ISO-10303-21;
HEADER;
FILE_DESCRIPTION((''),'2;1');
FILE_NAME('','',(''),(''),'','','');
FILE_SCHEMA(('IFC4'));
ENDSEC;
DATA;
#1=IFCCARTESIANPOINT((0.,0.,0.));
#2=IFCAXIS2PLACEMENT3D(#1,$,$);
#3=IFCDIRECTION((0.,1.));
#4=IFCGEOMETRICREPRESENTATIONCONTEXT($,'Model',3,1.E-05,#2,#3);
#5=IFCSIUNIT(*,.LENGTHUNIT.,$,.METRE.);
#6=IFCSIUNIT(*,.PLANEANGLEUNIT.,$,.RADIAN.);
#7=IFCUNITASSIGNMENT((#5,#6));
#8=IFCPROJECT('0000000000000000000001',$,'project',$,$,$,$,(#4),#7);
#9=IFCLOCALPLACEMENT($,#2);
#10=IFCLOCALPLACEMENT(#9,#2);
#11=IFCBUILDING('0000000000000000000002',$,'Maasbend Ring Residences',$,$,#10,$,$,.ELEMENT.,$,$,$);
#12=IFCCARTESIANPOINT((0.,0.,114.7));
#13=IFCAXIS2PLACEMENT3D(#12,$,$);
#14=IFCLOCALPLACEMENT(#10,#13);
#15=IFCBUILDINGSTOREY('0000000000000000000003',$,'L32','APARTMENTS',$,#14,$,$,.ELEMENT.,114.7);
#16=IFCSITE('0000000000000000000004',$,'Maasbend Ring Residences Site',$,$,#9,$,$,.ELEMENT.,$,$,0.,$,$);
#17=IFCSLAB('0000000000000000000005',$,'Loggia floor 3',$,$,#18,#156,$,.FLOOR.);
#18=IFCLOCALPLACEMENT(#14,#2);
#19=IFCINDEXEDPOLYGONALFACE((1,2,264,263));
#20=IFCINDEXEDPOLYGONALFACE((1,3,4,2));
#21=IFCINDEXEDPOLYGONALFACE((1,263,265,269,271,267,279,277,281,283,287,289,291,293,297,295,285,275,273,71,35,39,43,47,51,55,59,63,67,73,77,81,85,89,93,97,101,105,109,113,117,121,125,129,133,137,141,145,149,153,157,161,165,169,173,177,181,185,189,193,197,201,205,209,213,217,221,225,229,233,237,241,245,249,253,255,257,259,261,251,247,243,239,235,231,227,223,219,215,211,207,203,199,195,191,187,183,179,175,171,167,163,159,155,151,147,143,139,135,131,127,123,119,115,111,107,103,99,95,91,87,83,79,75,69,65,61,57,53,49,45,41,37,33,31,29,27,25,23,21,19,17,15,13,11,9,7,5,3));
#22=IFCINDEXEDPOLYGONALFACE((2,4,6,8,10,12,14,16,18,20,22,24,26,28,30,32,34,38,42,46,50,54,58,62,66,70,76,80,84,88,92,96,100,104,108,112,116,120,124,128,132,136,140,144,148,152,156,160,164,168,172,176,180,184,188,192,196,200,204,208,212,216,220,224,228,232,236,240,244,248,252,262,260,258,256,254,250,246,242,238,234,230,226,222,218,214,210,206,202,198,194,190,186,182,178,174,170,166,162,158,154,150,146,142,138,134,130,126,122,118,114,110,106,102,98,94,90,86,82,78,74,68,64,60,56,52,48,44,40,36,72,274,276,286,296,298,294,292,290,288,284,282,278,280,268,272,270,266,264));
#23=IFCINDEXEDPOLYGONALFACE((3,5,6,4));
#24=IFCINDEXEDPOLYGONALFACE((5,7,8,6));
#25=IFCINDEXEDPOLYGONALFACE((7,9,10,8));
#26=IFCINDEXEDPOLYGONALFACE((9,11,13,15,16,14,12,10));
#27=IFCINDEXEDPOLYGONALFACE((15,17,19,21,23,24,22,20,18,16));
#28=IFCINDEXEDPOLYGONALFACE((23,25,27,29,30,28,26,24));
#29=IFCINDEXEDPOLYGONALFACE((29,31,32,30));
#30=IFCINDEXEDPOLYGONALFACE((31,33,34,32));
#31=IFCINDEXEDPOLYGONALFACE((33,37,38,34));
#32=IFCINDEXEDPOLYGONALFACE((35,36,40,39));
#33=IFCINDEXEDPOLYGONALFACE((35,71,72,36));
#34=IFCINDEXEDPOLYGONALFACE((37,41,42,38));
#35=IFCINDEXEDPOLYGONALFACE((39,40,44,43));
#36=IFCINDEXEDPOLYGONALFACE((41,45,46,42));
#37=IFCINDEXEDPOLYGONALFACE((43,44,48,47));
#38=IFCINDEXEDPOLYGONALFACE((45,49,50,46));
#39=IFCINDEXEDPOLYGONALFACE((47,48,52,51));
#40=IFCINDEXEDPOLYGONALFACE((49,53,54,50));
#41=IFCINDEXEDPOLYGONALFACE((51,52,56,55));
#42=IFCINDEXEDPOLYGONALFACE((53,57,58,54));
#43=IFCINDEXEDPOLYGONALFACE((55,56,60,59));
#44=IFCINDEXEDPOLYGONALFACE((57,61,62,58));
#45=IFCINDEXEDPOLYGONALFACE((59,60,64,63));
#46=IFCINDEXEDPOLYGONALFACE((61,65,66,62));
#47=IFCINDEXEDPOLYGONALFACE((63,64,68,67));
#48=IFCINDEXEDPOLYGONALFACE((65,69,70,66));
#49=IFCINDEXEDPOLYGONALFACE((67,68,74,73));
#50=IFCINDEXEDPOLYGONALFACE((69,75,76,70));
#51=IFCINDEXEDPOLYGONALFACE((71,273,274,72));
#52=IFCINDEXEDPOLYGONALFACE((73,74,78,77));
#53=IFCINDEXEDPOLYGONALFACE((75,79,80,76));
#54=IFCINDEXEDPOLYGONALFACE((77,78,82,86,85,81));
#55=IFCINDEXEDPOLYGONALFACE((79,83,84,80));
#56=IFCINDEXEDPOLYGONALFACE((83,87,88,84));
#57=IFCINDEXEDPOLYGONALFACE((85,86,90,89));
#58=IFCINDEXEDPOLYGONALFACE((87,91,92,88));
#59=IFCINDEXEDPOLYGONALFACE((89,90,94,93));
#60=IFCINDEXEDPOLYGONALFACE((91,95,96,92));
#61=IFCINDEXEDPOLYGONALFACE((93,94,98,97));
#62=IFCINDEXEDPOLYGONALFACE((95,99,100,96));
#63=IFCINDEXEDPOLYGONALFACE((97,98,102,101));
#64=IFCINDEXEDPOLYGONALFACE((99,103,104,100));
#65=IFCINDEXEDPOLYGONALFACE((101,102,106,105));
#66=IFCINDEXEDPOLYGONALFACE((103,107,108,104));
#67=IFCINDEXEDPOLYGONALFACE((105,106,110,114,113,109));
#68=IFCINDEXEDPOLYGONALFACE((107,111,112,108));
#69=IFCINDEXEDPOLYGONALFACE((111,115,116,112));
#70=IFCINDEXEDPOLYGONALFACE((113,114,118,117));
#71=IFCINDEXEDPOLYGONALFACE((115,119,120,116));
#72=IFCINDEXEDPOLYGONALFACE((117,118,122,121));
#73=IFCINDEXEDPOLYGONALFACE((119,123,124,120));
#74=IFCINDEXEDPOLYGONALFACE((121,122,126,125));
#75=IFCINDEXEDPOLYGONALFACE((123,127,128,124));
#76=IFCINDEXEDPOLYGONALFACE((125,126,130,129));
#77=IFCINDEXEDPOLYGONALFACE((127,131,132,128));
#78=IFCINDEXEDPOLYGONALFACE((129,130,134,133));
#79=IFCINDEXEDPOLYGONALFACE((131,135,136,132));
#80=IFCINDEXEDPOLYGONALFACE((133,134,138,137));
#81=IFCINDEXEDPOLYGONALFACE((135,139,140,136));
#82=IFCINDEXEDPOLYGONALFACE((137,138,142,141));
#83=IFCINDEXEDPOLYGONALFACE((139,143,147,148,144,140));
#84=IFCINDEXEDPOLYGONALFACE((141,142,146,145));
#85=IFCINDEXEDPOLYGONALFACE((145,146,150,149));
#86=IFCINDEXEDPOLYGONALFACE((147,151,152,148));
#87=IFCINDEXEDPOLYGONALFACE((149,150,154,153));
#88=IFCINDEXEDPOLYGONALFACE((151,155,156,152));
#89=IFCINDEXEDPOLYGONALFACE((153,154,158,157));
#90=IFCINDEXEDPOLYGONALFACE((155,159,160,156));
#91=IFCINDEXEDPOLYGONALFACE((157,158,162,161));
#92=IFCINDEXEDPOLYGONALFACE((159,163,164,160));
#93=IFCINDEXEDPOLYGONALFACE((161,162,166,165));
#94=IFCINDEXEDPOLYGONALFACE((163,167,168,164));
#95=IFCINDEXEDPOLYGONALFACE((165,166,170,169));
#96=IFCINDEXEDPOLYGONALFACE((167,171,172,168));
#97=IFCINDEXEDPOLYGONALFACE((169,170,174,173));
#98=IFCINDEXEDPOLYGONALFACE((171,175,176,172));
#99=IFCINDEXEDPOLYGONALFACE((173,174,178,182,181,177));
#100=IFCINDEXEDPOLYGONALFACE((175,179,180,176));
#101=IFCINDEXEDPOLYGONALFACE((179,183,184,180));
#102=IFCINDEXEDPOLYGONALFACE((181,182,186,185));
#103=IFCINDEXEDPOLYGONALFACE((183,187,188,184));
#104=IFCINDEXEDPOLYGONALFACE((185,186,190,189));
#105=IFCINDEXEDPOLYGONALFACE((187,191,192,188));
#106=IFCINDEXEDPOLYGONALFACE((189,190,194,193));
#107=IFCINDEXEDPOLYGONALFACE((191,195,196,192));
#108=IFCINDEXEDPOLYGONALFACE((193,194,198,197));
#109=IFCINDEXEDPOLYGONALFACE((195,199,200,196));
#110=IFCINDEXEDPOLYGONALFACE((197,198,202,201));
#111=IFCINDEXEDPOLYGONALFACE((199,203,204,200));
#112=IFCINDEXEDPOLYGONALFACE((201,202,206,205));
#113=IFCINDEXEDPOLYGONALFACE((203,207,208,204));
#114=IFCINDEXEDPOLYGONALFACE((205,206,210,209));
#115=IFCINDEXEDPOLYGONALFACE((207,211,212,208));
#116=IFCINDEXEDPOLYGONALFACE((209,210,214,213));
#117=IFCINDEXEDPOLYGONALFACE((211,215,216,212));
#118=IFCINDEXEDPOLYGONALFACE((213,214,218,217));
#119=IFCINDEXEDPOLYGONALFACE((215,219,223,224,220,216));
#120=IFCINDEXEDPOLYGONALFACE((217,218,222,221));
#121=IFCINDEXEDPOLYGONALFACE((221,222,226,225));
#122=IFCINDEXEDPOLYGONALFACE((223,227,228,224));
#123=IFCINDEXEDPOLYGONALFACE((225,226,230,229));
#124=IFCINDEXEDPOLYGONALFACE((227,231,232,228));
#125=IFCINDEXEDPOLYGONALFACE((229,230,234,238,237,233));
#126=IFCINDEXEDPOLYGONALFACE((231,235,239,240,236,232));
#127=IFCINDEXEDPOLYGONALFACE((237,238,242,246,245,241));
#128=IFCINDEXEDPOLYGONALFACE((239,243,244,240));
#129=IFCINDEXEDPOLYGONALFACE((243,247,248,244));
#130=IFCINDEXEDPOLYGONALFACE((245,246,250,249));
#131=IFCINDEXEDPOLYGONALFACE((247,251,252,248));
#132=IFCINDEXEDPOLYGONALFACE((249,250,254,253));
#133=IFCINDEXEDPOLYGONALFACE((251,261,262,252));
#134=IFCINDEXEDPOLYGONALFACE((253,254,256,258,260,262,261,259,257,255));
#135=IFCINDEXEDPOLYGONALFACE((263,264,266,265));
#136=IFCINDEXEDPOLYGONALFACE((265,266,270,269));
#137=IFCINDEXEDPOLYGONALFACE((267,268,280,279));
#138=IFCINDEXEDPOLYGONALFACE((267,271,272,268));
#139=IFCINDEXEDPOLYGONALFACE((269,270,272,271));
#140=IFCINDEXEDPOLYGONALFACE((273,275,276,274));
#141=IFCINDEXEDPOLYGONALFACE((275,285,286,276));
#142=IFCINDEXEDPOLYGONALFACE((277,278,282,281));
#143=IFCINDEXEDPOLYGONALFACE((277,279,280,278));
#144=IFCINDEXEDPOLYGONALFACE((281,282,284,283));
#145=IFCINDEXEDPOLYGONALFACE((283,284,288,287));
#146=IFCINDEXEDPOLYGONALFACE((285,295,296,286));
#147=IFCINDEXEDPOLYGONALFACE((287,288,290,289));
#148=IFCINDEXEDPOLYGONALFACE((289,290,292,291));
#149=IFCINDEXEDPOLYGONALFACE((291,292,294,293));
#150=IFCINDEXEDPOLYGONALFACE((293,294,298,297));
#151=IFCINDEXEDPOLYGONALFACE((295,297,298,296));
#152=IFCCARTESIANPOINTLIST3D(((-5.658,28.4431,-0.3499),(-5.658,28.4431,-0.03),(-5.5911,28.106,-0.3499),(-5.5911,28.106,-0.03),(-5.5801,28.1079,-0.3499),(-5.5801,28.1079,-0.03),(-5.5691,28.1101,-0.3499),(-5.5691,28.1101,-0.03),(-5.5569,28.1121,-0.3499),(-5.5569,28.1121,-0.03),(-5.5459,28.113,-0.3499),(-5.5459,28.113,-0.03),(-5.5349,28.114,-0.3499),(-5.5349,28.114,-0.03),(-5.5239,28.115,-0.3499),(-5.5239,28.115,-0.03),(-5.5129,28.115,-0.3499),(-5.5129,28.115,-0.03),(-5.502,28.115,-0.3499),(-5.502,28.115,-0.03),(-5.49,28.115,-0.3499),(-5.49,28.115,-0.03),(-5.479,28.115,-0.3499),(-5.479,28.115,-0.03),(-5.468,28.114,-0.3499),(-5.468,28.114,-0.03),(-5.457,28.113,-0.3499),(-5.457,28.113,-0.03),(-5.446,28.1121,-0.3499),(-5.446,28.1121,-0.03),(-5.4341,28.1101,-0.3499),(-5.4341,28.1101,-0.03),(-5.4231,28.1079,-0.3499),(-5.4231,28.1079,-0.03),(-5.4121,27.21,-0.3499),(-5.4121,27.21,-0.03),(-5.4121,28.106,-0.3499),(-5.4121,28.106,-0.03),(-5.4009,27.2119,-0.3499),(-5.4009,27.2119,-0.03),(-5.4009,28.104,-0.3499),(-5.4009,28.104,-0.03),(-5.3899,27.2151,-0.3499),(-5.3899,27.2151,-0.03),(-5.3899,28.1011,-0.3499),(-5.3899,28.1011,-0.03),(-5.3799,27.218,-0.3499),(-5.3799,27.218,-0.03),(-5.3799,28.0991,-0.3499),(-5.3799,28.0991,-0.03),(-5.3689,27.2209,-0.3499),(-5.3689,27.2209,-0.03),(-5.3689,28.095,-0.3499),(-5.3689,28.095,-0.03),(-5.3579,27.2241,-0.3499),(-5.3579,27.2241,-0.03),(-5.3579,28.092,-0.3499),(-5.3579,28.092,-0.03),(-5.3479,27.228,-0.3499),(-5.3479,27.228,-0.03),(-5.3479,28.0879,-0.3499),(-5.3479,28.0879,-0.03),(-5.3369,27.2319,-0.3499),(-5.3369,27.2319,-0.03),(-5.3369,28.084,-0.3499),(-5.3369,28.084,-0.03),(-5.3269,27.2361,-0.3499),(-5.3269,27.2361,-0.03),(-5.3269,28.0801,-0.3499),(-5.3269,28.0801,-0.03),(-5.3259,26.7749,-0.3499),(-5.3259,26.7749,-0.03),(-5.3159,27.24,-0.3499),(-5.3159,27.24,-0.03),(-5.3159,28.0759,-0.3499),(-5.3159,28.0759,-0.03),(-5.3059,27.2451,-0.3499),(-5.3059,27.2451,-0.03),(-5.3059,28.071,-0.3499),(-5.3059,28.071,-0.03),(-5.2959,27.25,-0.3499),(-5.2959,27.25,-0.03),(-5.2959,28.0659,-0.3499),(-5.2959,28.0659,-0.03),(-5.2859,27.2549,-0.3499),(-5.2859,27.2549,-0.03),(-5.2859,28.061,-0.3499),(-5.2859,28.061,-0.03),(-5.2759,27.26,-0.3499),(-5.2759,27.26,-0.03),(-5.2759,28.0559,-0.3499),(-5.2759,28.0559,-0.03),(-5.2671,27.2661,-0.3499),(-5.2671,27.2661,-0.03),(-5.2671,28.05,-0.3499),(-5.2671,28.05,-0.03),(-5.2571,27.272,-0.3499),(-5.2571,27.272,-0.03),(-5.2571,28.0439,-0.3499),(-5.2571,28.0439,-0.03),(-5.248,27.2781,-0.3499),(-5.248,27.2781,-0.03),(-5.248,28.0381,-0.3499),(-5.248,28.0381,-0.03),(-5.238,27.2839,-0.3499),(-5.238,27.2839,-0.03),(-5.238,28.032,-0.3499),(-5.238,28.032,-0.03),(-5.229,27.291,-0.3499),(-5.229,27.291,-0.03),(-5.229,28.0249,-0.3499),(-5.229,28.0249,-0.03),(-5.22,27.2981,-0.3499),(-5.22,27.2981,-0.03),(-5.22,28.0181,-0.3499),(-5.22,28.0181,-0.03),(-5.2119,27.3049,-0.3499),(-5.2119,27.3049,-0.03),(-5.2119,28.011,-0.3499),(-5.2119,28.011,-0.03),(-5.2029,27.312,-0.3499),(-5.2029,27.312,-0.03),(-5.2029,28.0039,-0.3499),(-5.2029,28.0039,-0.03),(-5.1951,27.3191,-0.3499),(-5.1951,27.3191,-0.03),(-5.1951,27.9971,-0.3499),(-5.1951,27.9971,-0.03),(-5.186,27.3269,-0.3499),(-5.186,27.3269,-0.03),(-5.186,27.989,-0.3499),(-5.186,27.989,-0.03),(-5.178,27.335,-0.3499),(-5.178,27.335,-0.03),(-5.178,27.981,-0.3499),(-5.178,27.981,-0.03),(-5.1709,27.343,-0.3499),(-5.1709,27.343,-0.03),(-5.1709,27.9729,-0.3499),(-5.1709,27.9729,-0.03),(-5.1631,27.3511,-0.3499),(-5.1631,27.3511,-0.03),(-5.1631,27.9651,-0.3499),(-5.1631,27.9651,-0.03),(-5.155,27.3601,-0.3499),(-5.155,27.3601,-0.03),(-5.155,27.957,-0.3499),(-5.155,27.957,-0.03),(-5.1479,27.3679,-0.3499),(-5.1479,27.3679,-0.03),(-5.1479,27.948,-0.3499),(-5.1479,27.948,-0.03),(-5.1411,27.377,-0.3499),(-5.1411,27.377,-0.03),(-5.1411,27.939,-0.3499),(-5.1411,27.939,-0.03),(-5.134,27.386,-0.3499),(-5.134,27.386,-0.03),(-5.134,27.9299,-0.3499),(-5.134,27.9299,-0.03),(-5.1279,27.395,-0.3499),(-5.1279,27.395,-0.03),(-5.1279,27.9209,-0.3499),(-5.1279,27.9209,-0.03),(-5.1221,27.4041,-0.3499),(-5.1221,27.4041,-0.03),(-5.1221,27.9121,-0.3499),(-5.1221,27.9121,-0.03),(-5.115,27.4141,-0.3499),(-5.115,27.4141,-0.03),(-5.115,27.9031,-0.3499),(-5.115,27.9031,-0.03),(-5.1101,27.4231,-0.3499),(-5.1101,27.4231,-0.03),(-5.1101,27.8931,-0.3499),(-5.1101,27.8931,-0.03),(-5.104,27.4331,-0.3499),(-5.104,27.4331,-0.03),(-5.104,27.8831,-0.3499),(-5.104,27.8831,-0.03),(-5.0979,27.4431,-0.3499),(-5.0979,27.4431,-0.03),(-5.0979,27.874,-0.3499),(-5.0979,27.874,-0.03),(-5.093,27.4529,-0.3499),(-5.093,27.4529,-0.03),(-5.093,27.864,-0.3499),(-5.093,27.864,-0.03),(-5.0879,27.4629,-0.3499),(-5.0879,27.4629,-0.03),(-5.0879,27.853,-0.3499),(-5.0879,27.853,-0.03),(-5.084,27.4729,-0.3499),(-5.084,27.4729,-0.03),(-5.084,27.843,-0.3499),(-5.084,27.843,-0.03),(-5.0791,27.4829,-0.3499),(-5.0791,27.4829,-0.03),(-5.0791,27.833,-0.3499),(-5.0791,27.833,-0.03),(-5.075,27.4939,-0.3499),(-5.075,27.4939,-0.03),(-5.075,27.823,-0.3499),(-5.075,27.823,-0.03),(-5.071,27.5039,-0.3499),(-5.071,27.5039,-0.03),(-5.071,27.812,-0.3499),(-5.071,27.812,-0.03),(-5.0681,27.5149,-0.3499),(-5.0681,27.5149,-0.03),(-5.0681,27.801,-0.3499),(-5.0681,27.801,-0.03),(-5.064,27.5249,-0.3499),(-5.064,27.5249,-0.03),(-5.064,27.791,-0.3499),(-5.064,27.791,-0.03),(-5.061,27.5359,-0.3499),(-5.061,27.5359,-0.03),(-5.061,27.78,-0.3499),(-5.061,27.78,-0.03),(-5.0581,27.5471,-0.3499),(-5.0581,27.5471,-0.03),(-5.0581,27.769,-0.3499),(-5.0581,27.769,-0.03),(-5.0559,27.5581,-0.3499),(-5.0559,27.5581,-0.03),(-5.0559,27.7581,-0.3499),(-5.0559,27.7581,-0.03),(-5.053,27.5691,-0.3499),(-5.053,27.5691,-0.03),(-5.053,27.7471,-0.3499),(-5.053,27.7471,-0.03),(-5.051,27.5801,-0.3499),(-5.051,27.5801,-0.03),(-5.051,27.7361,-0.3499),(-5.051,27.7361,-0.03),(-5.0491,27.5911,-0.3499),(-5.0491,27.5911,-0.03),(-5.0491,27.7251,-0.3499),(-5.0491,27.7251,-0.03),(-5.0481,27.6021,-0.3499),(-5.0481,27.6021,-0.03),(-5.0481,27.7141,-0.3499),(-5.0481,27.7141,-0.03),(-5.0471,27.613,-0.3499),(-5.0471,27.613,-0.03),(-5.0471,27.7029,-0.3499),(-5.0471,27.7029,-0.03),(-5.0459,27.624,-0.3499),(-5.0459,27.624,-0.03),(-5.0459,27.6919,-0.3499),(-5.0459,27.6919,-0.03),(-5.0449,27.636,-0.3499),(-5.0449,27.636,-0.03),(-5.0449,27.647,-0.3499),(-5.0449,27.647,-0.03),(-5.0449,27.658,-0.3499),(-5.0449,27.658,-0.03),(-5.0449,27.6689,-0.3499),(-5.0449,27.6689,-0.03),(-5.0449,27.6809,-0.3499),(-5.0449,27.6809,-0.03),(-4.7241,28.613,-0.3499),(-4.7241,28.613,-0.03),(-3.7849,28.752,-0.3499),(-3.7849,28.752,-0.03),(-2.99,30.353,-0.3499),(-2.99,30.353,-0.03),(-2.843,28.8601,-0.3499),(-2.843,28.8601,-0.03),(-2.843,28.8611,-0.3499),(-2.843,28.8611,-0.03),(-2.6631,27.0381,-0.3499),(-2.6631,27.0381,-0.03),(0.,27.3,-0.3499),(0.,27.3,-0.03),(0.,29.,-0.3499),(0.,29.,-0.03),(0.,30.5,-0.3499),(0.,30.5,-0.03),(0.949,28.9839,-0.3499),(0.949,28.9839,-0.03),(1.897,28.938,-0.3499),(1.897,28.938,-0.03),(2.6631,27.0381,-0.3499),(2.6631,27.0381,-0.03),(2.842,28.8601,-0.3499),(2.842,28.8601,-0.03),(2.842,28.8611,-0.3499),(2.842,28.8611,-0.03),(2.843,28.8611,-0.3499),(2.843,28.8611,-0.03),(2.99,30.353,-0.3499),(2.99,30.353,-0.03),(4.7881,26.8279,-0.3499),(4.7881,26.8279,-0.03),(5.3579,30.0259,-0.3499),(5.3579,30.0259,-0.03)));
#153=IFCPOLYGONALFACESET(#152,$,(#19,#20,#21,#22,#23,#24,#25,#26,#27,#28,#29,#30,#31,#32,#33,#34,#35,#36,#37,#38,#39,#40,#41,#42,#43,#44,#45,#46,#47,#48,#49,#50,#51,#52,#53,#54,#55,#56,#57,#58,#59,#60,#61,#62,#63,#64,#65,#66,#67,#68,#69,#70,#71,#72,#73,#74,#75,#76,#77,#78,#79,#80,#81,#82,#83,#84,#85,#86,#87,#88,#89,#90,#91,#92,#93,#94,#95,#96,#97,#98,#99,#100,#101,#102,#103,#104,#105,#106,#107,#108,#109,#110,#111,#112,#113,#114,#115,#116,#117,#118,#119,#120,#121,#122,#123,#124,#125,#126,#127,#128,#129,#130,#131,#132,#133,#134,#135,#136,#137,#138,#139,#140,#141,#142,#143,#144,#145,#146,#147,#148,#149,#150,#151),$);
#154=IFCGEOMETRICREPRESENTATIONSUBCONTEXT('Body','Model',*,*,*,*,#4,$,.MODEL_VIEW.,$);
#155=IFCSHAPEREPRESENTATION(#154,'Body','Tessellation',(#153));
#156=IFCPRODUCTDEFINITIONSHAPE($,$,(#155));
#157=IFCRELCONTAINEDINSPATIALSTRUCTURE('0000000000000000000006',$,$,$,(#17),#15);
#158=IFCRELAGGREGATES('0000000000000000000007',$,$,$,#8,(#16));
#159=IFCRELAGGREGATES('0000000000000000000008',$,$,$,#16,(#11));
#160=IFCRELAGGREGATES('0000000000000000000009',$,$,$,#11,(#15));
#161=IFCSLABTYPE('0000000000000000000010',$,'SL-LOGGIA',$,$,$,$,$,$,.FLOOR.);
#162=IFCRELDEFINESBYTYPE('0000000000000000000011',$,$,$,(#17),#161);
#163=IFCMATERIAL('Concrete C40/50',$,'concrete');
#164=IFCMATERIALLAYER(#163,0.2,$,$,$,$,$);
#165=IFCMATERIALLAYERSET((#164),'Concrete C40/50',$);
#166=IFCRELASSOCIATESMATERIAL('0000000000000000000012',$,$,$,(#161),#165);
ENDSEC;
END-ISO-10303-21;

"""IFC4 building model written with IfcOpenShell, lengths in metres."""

from ifc_helpers import new_model, si_unit, direction, frame, origin, place, context, subcontext, project, spatial, polyline, outline, extrude, material, layer, layer_set, type_object, element, save


model = new_model("IFC4")

# Units and contexts
model_context = context("Model", 3, precision=1e-05, world=origin(), true_north=direction((0.0, 1.0)))
body_context = subcontext(model_context, "Body", "Model", "MODEL_VIEW")
ifc_project = project(units=[si_unit("LENGTHUNIT", "METRE"), si_unit("PLANEANGLEUNIT", "RADIAN")], contexts=[model_context])

# Site, building, storey
site_placement = place(None, origin())
site = spatial("IfcSite", under=ifc_project, at=site_placement, Name="Maasbend Ring Residences Site", CompositionType="ELEMENT", RefElevation=0.0)
building_placement = place(site_placement, origin())
building = spatial("IfcBuilding", under=site, at=building_placement, Name="Maasbend Ring Residences", CompositionType="ELEMENT")
storey_placement = place(building_placement, frame((0.0, 0.0, 114.7)))
storey = spatial("IfcBuildingStorey", under=building, at=storey_placement, Name="L32", Description="APARTMENTS", CompositionType="ELEMENT", Elevation=114.7)

# Slab
ifc_material_1 = material(Name="Concrete C40/50", Category="concrete")
ifc_layer_1 = layer(ifc_material_1, 0.2)
ifc_layer_set_1 = layer_set([ifc_layer_1], Name="Concrete C40/50")
slab_type_1 = type_object("IfcSlabType", Name="SL-LOGGIA", PredefinedType="FLOOR", material=ifc_layer_set_1)
slab_1_placement = place(storey_placement, frame((0.0, 0.0, -0.3499)))
element("IfcSlab", 1, at=slab_1_placement, inside=storey, type_object=slab_type_1, Name="Loggia floor 3", PredefinedType="FLOOR", context=body_context, shape_type="SweptSolid", body=[
    extrude(outline(polyline([(-3.7849, 28.752), (-2.843, 28.8601), (-2.843, 28.8601), (-2.843, 28.8601), (-2.843, 28.8601), (-2.843, 28.8601), (-2.843, 28.8601), (-2.843, 28.8601), (-2.843, 28.8601), (-2.843, 28.8601), (-2.843, 28.8611), (-2.843, 28.8611), (-2.843, 28.8611), (-2.843, 28.8611), (-2.843, 28.8611), (-2.843, 28.8611), (-2.843, 28.8611), (-2.843, 28.8611), (-2.99, 30.353), (-2.99, 30.353), (-2.99, 30.353), (0.0, 30.5), (0.0, 30.5), (0.0, 30.5), (0.0, 29.0), (0.0, 29.0), (0.0, 29.0), (0.0, 29.0), (0.0, 29.0), (0.0, 29.0), (0.0, 29.0), (0.0, 29.0), (0.0, 29.0), (0.0, 29.0), (0.0, 29.0), (0.0, 29.0), (0.0, 29.0), (0.0, 29.0), (0.0, 29.0), (0.0, 29.0), (0.0, 29.0), (0.949, 28.9839), (0.949, 28.9839), (1.897, 28.938), (1.897, 28.938), (2.842, 28.8601), (2.842, 28.8601), (2.842, 28.8601), (2.842, 28.8601), (2.842, 28.8601), (2.842, 28.8601), (2.842, 28.8601), (2.842, 28.8601), (2.842, 28.8611), (2.842, 28.8611), (2.842, 28.8611), (2.842, 28.8611), (2.842, 28.8611), (2.843, 28.8611), (2.843, 28.8611), (2.843, 28.8611), (2.843, 28.8611), (2.99, 30.353), (2.99, 30.353), (2.99, 30.353), (5.3579, 30.0259), (5.3579, 30.0259), (5.3579, 30.0259), (4.7881, 26.8279), (4.7881, 26.8279), (4.7881, 26.8279), (2.6631, 27.0381), (0.0, 27.3), (0.0, 27.3), (0.0, 27.3), (-2.6631, 27.0381), (-5.3259, 26.7749), (-5.3259, 26.7749), (-5.3259, 26.7749), (-5.4121, 27.21), (-5.4121, 27.21), (-5.4009, 27.2119), (-5.3899, 27.2151), (-5.3799, 27.218), (-5.3689, 27.2209), (-5.3579, 27.2241), (-5.3479, 27.228), (-5.3369, 27.2319), (-5.3269, 27.2361), (-5.3159, 27.24), (-5.3059, 27.2451), (-5.2959, 27.25), (-5.2859, 27.2549), (-5.2759, 27.26), (-5.2671, 27.2661), (-5.2571, 27.272), (-5.248, 27.2781), (-5.238, 27.2839), (-5.229, 27.291), (-5.22, 27.2981), (-5.2119, 27.3049), (-5.2029, 27.312), (-5.1951, 27.3191), (-5.186, 27.3269), (-5.178, 27.335), (-5.1709, 27.343), (-5.1631, 27.3511), (-5.155, 27.3601), (-5.1479, 27.3679), (-5.1411, 27.377), (-5.134, 27.386), (-5.1279, 27.395), (-5.1221, 27.4041), (-5.115, 27.4141), (-5.1101, 27.4231), (-5.104, 27.4331), (-5.0979, 27.4431), (-5.093, 27.4529), (-5.0879, 27.4629), (-5.084, 27.4729), (-5.0791, 27.4829), (-5.075, 27.4939), (-5.071, 27.5039), (-5.0681, 27.5149), (-5.064, 27.5249), (-5.061, 27.5359), (-5.0581, 27.5471), (-5.0559, 27.5581), (-5.053, 27.5691), (-5.051, 27.5801), (-5.0491, 27.5911), (-5.0481, 27.6021), (-5.0471, 27.613), (-5.0459, 27.624), (-5.0449, 27.636), (-5.0449, 27.647), (-5.0449, 27.658), (-5.0449, 27.6689), (-5.0449, 27.6809), (-5.0459, 27.6919), (-5.0471, 27.7029), (-5.0481, 27.7141), (-5.0491, 27.7251), (-5.051, 27.7361), (-5.053, 27.7471), (-5.0559, 27.7581), (-5.0581, 27.769), (-5.061, 27.78), (-5.064, 27.791), (-5.0681, 27.801), (-5.071, 27.812), (-5.075, 27.823), (-5.0791, 27.833), (-5.084, 27.843), (-5.0879, 27.853), (-5.093, 27.864), (-5.0979, 27.874), (-5.104, 27.8831), (-5.1101, 27.8931), (-5.115, 27.9031), (-5.1221, 27.9121), (-5.1279, 27.9209), (-5.134, 27.9299), (-5.1411, 27.939), (-5.1479, 27.948), (-5.155, 27.957), (-5.1631, 27.9651), (-5.1709, 27.9729), (-5.178, 27.981), (-5.186, 27.989), (-5.1951, 27.9971), (-5.2029, 28.0039), (-5.2119, 28.011), (-5.22, 28.0181), (-5.229, 28.0249), (-5.238, 28.032), (-5.248, 28.0381), (-5.2571, 28.0439), (-5.2671, 28.05), (-5.2759, 28.0559), (-5.2859, 28.061), (-5.2959, 28.0659), (-5.3059, 28.071), (-5.3159, 28.0759), (-5.3269, 28.0801), (-5.3369, 28.084), (-5.3479, 28.0879), (-5.3579, 28.092), (-5.3689, 28.095), (-5.3799, 28.0991), (-5.3899, 28.1011), (-5.4009, 28.104), (-5.4121, 28.106), (-5.4231, 28.1079), (-5.4341, 28.1101), (-5.446, 28.1121), (-5.457, 28.113), (-5.468, 28.114), (-5.479, 28.115), (-5.49, 28.115), (-5.502, 28.115), (-5.5129, 28.115), (-5.5239, 28.115), (-5.5349, 28.114), (-5.5459, 28.113), (-5.5569, 28.1121), (-5.5691, 28.1101), (-5.5801, 28.1079), (-5.5911, 28.106), (-5.5911, 28.106), (-5.658, 28.4431), (-5.658, 28.4431), (-5.658, 28.4431), (-4.7241, 28.613), (-4.7241, 28.613), (-3.7849, 28.752), (-3.7849, 28.752)])), origin(), (0.0, 0.0, 1.0), 0.3198),
])

save(model, "model.ifc")
